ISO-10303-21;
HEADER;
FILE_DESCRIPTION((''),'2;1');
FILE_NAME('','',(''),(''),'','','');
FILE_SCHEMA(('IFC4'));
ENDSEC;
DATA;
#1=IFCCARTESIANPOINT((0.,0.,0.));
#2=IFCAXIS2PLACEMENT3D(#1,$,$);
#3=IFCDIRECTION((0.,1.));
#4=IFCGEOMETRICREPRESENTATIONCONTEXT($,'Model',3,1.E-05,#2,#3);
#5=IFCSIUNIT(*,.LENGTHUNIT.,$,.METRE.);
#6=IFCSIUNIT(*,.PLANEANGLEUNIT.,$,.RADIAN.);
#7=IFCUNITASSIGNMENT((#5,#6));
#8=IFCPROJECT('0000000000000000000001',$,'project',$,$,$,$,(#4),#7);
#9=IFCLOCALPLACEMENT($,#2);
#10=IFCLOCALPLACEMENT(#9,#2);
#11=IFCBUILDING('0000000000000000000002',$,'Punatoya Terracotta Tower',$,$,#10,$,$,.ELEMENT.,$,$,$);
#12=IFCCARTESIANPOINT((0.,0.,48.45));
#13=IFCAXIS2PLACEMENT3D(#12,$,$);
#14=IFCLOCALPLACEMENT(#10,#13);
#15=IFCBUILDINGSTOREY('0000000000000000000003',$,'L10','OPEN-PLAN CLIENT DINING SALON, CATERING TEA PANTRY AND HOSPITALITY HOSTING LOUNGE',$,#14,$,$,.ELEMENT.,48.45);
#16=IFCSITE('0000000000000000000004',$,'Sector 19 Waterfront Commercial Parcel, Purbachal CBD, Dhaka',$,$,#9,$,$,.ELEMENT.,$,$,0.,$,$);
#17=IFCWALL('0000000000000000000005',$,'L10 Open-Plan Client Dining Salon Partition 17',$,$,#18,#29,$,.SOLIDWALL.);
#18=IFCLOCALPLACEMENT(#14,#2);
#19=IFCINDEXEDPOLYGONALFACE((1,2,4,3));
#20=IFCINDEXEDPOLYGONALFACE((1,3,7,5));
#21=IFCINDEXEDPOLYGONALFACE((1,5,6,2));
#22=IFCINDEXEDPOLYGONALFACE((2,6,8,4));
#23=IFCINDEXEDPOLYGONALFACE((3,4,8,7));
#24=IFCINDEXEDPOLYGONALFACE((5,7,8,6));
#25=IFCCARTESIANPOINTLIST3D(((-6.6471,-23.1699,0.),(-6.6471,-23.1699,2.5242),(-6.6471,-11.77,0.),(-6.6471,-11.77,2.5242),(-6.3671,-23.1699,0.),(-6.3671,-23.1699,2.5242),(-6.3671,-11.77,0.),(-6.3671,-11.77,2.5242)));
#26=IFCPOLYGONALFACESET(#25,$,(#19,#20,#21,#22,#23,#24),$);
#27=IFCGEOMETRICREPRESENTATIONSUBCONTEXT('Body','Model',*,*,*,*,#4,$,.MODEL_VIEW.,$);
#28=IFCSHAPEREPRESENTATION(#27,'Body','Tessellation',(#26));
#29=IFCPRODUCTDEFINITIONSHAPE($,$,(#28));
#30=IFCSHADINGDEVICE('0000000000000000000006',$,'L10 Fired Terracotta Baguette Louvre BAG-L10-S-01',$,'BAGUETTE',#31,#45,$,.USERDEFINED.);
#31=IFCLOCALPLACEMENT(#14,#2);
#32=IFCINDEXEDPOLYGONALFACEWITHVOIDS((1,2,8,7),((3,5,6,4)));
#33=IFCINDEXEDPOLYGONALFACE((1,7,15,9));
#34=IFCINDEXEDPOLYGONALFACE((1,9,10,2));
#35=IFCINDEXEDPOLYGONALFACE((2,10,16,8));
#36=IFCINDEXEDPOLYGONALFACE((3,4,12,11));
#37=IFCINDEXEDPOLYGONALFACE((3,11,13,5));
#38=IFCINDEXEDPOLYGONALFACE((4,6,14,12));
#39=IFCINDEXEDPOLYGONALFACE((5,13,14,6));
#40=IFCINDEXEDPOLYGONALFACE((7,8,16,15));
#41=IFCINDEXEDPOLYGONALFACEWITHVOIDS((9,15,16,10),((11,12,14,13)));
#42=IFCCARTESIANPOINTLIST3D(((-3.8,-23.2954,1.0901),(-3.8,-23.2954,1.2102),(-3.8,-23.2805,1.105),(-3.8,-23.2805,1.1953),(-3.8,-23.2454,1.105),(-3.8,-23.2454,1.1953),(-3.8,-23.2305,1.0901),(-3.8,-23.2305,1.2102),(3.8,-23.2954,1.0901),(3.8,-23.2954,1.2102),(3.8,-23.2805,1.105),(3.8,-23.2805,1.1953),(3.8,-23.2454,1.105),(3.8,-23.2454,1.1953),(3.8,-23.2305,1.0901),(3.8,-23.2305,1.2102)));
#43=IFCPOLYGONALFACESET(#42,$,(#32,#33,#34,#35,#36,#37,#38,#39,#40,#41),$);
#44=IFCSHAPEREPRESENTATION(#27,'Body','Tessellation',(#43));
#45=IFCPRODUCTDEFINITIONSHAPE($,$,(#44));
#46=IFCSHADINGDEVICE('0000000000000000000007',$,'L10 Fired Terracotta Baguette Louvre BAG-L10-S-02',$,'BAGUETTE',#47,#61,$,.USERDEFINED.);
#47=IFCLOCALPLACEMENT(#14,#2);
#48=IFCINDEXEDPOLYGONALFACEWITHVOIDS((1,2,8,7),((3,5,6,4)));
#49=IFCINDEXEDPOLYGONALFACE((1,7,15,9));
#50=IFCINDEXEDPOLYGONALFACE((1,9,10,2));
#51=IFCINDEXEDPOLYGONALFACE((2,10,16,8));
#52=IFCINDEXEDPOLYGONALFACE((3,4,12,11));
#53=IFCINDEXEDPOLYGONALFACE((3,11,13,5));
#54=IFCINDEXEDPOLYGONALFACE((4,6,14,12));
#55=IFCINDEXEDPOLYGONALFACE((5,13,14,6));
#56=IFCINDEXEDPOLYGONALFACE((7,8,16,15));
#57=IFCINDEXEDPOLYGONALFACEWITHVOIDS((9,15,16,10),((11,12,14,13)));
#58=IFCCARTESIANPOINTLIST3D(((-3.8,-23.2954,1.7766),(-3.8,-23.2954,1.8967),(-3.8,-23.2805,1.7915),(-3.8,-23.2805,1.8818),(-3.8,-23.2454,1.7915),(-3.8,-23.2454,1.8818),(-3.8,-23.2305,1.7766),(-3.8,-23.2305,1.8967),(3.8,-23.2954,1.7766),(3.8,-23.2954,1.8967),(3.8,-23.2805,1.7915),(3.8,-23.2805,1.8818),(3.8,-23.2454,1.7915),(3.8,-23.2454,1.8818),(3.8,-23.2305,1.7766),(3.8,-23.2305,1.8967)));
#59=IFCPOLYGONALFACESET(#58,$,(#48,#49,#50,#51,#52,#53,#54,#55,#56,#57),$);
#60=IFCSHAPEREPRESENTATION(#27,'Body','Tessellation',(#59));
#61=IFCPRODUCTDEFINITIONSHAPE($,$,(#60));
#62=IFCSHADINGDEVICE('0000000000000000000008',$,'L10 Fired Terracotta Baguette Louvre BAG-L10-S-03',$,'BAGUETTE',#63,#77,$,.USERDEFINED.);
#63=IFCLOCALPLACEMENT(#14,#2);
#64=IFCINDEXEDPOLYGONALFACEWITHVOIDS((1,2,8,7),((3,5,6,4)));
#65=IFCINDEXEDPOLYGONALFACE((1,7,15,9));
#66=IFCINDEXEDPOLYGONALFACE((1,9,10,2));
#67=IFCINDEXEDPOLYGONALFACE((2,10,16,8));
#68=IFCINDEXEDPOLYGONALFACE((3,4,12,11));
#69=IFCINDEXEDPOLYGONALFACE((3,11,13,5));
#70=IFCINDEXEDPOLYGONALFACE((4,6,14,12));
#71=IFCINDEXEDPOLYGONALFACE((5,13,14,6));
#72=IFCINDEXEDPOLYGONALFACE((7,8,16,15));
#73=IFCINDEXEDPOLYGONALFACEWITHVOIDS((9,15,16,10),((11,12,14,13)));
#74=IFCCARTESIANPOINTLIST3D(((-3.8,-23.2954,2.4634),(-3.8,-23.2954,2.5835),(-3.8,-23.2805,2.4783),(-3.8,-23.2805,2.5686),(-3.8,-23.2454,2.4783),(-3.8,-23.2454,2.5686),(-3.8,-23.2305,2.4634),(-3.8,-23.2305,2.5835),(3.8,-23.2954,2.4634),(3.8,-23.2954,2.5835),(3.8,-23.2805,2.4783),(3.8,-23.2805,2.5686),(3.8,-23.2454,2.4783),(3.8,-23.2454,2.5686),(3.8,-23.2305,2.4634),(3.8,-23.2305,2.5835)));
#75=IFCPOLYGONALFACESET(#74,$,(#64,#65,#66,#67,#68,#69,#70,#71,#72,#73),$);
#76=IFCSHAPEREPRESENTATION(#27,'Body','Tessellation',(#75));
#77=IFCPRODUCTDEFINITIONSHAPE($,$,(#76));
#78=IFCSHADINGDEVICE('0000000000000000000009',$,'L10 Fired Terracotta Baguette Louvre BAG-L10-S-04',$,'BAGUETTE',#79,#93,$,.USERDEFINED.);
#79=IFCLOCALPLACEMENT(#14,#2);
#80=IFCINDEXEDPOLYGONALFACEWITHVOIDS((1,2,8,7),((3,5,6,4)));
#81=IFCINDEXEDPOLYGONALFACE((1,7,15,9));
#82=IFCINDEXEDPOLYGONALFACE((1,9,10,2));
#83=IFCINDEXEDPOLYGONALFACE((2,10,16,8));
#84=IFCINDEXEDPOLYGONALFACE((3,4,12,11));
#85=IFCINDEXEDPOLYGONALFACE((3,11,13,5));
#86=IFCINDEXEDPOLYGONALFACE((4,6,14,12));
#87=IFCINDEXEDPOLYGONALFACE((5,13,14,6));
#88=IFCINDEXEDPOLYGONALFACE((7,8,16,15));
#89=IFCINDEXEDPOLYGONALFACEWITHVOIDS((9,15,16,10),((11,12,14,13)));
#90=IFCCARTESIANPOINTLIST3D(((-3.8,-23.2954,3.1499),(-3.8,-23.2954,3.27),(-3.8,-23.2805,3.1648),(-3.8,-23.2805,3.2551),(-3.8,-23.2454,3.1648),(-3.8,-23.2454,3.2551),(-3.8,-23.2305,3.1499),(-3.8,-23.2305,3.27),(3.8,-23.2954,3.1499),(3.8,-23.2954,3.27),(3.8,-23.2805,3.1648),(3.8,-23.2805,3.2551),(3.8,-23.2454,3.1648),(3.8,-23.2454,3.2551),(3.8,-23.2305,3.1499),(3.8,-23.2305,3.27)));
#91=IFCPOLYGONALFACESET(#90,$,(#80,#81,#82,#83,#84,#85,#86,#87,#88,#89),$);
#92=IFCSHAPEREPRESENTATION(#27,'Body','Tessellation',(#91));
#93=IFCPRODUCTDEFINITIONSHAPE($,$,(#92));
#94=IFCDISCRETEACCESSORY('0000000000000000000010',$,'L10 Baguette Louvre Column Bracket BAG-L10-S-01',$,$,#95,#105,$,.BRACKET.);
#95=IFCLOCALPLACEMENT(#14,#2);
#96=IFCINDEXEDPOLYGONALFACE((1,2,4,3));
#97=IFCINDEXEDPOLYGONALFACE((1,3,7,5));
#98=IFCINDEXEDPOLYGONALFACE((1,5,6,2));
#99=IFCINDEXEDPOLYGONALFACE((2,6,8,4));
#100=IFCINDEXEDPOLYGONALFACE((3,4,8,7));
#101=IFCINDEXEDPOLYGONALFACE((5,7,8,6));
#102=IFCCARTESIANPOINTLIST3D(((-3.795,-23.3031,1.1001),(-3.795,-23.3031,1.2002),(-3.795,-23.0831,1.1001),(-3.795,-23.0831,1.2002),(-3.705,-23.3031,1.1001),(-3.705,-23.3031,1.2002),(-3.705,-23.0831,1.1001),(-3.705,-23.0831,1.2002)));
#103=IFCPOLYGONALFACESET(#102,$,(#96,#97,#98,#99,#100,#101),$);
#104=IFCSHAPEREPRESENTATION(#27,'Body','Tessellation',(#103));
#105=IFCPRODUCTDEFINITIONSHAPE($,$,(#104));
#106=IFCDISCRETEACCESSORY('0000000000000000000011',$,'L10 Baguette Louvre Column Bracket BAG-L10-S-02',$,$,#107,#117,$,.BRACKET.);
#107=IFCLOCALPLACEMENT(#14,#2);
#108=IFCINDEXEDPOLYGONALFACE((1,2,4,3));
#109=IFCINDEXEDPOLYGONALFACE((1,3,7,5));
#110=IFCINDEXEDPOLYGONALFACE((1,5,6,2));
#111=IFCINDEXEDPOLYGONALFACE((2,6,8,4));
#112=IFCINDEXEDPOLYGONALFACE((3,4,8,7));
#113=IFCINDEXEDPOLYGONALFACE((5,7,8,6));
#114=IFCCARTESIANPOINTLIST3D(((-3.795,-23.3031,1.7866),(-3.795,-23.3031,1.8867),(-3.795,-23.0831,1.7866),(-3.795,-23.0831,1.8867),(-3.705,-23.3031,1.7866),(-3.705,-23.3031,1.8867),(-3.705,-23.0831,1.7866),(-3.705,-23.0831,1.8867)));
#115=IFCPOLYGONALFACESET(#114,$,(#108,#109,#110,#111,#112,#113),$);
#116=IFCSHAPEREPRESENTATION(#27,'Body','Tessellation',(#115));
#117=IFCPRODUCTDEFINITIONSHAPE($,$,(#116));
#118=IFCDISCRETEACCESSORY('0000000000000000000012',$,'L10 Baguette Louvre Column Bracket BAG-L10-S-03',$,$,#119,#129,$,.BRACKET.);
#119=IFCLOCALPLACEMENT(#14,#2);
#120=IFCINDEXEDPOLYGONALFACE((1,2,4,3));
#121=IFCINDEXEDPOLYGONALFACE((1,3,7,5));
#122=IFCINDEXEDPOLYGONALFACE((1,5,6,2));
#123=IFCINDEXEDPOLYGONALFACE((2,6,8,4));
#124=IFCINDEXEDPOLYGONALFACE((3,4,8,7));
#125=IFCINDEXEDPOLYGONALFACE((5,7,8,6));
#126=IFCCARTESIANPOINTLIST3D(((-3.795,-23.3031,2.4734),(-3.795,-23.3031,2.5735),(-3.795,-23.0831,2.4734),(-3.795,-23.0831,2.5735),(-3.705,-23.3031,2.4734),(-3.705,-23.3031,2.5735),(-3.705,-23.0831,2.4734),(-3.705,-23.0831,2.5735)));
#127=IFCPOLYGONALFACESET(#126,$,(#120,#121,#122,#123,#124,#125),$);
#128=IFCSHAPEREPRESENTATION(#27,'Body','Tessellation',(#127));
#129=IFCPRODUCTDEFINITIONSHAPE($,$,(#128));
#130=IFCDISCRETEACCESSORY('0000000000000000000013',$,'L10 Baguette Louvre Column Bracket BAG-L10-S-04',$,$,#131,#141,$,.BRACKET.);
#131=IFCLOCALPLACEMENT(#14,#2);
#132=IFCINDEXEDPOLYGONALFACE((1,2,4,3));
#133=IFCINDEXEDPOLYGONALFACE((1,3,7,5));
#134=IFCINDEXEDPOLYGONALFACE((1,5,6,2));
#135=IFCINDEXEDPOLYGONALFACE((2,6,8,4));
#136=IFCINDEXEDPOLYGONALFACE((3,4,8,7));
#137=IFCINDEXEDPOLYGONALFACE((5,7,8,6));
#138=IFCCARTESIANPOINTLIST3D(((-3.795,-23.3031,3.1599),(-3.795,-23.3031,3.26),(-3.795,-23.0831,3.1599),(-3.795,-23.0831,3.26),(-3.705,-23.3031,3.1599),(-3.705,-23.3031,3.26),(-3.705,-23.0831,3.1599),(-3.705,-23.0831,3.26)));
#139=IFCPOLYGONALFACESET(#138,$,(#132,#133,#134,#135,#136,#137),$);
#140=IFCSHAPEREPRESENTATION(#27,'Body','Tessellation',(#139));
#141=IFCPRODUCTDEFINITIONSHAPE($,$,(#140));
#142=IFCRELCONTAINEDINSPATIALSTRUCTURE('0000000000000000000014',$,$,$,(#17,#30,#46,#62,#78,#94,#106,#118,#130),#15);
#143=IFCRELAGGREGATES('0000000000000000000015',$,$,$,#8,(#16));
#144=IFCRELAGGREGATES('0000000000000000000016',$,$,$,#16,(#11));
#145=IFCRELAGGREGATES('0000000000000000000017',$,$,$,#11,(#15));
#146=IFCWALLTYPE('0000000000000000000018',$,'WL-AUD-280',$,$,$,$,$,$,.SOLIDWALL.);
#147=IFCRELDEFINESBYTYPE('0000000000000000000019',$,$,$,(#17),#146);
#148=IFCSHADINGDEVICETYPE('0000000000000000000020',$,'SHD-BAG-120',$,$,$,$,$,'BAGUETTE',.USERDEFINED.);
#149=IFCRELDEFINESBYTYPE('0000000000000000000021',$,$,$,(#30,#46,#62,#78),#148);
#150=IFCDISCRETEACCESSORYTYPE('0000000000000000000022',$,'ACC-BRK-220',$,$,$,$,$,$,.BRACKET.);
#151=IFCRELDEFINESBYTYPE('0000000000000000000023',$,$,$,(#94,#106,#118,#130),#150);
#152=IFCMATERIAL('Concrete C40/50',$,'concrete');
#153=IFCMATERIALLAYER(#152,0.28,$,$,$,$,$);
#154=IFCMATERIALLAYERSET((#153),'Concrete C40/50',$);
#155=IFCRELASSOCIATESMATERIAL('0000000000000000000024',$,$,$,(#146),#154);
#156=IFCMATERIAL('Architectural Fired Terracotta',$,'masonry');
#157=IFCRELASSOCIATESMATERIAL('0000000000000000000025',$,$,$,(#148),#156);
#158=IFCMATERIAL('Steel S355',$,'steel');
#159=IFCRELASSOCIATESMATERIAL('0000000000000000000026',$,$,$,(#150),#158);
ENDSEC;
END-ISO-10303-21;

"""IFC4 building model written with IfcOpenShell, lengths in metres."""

from ifc_helpers import new_model, si_unit, direction, frame, frame_2d, origin, origin_2d, place, context, subcontext, project, spatial, rectangle, hollow_rectangle, extrude, material, layer, layer_set, material_profile, profile_set, type_object, element, save


model = new_model("IFC4")

# Units and contexts
model_context = context("Model", 3, precision=1e-05, world=origin(), true_north=direction((0.0, 1.0)))
body_context = subcontext(model_context, "Body", "Model", "MODEL_VIEW")
ifc_project = project(units=[si_unit("LENGTHUNIT", "METRE"), si_unit("PLANEANGLEUNIT", "RADIAN")], contexts=[model_context])

# Site, building, storey
site_placement = place(None, origin())
site = spatial("IfcSite", under=ifc_project, at=site_placement, Name="Sector 19 Waterfront Commercial Parcel, Purbachal CBD, Dhaka", CompositionType="ELEMENT", RefElevation=0.0)
building_placement = place(site_placement, origin())
building = spatial("IfcBuilding", under=site, at=building_placement, Name="Punatoya Terracotta Tower", CompositionType="ELEMENT")
storey_placement = place(building_placement, frame((0.0, 0.0, 48.45)))
storey = spatial("IfcBuildingStorey", under=building, at=storey_placement, Name="L10", Description="OPEN-PLAN CLIENT DINING SALON, CATERING TEA PANTRY AND HOSPITALITY HOSTING LOUNGE", CompositionType="ELEMENT", Elevation=48.45)

# Shared definitions
ifc_material_1 = material(Name="Steel S355", Category="steel")

# Wall
ifc_material_2 = material(Name="Concrete C40/50", Category="concrete")
ifc_layer_1 = layer(ifc_material_2, 0.28)
ifc_layer_set_1 = layer_set([ifc_layer_1], Name="Concrete C40/50")
wall_type = type_object("IfcWallType", Name="WL-AUD-280", PredefinedType="SOLIDWALL", material=ifc_layer_set_1)
wall_placement = place(storey_placement, frame((-6.5071, -23.1699, 0.0), z_axis=(0.0, 0.0, 1.0), x_axis=(0.0, 1.0, 0.0)))
element("IfcWall", 1, at=wall_placement, inside=storey, type_object=wall_type, Name="L10 Open-Plan Client Dining Salon Partition 17", PredefinedType="SOLIDWALL", context=body_context, shape_type="SweptSolid", body=[
    extrude(rectangle(XDim=11.3999, YDim=0.28, at=frame_2d((5.7, 0.0))), origin(), (0.0, 0.0, 1.0), 2.5242),
])

# Shading devices
ifc_material_3 = material(Name="Architectural Fired Terracotta", Category="masonry")
ifc_material_profile_1 = material_profile(ifc_material_3, hollow_rectangle(XDim=0.0649, YDim=0.1201, WallThickness=0.0149, at=origin_2d()))
ifc_profile_set_1 = profile_set([ifc_material_profile_1], Name="Architectural Fired Terracotta")
shading_device_type = type_object("IfcShadingDeviceType", Name="SHD-BAG-120", ElementType="BAGUETTE", PredefinedType="USERDEFINED", material=ifc_profile_set_1)
for number, where, z_axis, x_axis, name in (
    (2, (-3.8, -23.2629, 1.1501), (1.0, 0.0, 0.0), (0.0, 1.0, 0.0), "L10 Fired Terracotta Baguette Louvre BAG-L10-S-01"),
    (3, (-3.8, -23.2629, 1.8367), (1.0, 0.0, 0.0), (0.0, 1.0, 0.0), "L10 Fired Terracotta Baguette Louvre BAG-L10-S-02"),
    (4, (-3.8, -23.2629, 2.5234), (1.0, 0.0, 0.0), (0.0, 1.0, 0.0), "L10 Fired Terracotta Baguette Louvre BAG-L10-S-03"),
    (5, (-3.8, -23.2629, 3.21), (1.0, 0.0, 0.0), (0.0, 1.0, 0.0), "L10 Fired Terracotta Baguette Louvre BAG-L10-S-04"),
):
    element("IfcShadingDevice", number, at=place(storey_placement, frame(where, z_axis=z_axis, x_axis=x_axis)), inside=storey, type_object=shading_device_type, Name=name, ObjectType="BAGUETTE", PredefinedType="USERDEFINED", context=body_context, shape_type="SweptSolid", body=[
        extrude(hollow_rectangle(XDim=0.0649, YDim=0.1201, WallThickness=0.0149, at=origin_2d()), origin(), (0.0, 0.0, 1.0), 7.6001),
    ])

# Discrete accessories
discrete_accessory_type = type_object("IfcDiscreteAccessoryType", Name="ACC-BRK-220", PredefinedType="BRACKET", material=ifc_material_1)
for number, where, z_axis, x_axis, name in (
    (6, (-3.75, -23.1931, 1.1001), (0.0, 0.0, 1.0), (1.0, 0.0, 0.0), "L10 Baguette Louvre Column Bracket BAG-L10-S-01"),
    (7, (-3.75, -23.1931, 1.7866), (0.0, 0.0, 1.0), (1.0, 0.0, 0.0), "L10 Baguette Louvre Column Bracket BAG-L10-S-02"),
    (8, (-3.75, -23.1931, 2.4734), (0.0, 0.0, 1.0), (1.0, 0.0, 0.0), "L10 Baguette Louvre Column Bracket BAG-L10-S-03"),
    (9, (-3.75, -23.1931, 3.1599), (0.0, 0.0, 1.0), (1.0, 0.0, 0.0), "L10 Baguette Louvre Column Bracket BAG-L10-S-04"),
):
    element("IfcDiscreteAccessory", number, at=place(storey_placement, frame(where, z_axis=z_axis, x_axis=x_axis)), inside=storey, type_object=discrete_accessory_type, Name=name, PredefinedType="BRACKET", context=body_context, shape_type="SweptSolid", body=[
        extrude(rectangle(XDim=0.0901, YDim=0.22, at=origin_2d()), origin(), (0.0, 0.0, 1.0), 0.1001),
    ])

save(model, "model.ifc")
